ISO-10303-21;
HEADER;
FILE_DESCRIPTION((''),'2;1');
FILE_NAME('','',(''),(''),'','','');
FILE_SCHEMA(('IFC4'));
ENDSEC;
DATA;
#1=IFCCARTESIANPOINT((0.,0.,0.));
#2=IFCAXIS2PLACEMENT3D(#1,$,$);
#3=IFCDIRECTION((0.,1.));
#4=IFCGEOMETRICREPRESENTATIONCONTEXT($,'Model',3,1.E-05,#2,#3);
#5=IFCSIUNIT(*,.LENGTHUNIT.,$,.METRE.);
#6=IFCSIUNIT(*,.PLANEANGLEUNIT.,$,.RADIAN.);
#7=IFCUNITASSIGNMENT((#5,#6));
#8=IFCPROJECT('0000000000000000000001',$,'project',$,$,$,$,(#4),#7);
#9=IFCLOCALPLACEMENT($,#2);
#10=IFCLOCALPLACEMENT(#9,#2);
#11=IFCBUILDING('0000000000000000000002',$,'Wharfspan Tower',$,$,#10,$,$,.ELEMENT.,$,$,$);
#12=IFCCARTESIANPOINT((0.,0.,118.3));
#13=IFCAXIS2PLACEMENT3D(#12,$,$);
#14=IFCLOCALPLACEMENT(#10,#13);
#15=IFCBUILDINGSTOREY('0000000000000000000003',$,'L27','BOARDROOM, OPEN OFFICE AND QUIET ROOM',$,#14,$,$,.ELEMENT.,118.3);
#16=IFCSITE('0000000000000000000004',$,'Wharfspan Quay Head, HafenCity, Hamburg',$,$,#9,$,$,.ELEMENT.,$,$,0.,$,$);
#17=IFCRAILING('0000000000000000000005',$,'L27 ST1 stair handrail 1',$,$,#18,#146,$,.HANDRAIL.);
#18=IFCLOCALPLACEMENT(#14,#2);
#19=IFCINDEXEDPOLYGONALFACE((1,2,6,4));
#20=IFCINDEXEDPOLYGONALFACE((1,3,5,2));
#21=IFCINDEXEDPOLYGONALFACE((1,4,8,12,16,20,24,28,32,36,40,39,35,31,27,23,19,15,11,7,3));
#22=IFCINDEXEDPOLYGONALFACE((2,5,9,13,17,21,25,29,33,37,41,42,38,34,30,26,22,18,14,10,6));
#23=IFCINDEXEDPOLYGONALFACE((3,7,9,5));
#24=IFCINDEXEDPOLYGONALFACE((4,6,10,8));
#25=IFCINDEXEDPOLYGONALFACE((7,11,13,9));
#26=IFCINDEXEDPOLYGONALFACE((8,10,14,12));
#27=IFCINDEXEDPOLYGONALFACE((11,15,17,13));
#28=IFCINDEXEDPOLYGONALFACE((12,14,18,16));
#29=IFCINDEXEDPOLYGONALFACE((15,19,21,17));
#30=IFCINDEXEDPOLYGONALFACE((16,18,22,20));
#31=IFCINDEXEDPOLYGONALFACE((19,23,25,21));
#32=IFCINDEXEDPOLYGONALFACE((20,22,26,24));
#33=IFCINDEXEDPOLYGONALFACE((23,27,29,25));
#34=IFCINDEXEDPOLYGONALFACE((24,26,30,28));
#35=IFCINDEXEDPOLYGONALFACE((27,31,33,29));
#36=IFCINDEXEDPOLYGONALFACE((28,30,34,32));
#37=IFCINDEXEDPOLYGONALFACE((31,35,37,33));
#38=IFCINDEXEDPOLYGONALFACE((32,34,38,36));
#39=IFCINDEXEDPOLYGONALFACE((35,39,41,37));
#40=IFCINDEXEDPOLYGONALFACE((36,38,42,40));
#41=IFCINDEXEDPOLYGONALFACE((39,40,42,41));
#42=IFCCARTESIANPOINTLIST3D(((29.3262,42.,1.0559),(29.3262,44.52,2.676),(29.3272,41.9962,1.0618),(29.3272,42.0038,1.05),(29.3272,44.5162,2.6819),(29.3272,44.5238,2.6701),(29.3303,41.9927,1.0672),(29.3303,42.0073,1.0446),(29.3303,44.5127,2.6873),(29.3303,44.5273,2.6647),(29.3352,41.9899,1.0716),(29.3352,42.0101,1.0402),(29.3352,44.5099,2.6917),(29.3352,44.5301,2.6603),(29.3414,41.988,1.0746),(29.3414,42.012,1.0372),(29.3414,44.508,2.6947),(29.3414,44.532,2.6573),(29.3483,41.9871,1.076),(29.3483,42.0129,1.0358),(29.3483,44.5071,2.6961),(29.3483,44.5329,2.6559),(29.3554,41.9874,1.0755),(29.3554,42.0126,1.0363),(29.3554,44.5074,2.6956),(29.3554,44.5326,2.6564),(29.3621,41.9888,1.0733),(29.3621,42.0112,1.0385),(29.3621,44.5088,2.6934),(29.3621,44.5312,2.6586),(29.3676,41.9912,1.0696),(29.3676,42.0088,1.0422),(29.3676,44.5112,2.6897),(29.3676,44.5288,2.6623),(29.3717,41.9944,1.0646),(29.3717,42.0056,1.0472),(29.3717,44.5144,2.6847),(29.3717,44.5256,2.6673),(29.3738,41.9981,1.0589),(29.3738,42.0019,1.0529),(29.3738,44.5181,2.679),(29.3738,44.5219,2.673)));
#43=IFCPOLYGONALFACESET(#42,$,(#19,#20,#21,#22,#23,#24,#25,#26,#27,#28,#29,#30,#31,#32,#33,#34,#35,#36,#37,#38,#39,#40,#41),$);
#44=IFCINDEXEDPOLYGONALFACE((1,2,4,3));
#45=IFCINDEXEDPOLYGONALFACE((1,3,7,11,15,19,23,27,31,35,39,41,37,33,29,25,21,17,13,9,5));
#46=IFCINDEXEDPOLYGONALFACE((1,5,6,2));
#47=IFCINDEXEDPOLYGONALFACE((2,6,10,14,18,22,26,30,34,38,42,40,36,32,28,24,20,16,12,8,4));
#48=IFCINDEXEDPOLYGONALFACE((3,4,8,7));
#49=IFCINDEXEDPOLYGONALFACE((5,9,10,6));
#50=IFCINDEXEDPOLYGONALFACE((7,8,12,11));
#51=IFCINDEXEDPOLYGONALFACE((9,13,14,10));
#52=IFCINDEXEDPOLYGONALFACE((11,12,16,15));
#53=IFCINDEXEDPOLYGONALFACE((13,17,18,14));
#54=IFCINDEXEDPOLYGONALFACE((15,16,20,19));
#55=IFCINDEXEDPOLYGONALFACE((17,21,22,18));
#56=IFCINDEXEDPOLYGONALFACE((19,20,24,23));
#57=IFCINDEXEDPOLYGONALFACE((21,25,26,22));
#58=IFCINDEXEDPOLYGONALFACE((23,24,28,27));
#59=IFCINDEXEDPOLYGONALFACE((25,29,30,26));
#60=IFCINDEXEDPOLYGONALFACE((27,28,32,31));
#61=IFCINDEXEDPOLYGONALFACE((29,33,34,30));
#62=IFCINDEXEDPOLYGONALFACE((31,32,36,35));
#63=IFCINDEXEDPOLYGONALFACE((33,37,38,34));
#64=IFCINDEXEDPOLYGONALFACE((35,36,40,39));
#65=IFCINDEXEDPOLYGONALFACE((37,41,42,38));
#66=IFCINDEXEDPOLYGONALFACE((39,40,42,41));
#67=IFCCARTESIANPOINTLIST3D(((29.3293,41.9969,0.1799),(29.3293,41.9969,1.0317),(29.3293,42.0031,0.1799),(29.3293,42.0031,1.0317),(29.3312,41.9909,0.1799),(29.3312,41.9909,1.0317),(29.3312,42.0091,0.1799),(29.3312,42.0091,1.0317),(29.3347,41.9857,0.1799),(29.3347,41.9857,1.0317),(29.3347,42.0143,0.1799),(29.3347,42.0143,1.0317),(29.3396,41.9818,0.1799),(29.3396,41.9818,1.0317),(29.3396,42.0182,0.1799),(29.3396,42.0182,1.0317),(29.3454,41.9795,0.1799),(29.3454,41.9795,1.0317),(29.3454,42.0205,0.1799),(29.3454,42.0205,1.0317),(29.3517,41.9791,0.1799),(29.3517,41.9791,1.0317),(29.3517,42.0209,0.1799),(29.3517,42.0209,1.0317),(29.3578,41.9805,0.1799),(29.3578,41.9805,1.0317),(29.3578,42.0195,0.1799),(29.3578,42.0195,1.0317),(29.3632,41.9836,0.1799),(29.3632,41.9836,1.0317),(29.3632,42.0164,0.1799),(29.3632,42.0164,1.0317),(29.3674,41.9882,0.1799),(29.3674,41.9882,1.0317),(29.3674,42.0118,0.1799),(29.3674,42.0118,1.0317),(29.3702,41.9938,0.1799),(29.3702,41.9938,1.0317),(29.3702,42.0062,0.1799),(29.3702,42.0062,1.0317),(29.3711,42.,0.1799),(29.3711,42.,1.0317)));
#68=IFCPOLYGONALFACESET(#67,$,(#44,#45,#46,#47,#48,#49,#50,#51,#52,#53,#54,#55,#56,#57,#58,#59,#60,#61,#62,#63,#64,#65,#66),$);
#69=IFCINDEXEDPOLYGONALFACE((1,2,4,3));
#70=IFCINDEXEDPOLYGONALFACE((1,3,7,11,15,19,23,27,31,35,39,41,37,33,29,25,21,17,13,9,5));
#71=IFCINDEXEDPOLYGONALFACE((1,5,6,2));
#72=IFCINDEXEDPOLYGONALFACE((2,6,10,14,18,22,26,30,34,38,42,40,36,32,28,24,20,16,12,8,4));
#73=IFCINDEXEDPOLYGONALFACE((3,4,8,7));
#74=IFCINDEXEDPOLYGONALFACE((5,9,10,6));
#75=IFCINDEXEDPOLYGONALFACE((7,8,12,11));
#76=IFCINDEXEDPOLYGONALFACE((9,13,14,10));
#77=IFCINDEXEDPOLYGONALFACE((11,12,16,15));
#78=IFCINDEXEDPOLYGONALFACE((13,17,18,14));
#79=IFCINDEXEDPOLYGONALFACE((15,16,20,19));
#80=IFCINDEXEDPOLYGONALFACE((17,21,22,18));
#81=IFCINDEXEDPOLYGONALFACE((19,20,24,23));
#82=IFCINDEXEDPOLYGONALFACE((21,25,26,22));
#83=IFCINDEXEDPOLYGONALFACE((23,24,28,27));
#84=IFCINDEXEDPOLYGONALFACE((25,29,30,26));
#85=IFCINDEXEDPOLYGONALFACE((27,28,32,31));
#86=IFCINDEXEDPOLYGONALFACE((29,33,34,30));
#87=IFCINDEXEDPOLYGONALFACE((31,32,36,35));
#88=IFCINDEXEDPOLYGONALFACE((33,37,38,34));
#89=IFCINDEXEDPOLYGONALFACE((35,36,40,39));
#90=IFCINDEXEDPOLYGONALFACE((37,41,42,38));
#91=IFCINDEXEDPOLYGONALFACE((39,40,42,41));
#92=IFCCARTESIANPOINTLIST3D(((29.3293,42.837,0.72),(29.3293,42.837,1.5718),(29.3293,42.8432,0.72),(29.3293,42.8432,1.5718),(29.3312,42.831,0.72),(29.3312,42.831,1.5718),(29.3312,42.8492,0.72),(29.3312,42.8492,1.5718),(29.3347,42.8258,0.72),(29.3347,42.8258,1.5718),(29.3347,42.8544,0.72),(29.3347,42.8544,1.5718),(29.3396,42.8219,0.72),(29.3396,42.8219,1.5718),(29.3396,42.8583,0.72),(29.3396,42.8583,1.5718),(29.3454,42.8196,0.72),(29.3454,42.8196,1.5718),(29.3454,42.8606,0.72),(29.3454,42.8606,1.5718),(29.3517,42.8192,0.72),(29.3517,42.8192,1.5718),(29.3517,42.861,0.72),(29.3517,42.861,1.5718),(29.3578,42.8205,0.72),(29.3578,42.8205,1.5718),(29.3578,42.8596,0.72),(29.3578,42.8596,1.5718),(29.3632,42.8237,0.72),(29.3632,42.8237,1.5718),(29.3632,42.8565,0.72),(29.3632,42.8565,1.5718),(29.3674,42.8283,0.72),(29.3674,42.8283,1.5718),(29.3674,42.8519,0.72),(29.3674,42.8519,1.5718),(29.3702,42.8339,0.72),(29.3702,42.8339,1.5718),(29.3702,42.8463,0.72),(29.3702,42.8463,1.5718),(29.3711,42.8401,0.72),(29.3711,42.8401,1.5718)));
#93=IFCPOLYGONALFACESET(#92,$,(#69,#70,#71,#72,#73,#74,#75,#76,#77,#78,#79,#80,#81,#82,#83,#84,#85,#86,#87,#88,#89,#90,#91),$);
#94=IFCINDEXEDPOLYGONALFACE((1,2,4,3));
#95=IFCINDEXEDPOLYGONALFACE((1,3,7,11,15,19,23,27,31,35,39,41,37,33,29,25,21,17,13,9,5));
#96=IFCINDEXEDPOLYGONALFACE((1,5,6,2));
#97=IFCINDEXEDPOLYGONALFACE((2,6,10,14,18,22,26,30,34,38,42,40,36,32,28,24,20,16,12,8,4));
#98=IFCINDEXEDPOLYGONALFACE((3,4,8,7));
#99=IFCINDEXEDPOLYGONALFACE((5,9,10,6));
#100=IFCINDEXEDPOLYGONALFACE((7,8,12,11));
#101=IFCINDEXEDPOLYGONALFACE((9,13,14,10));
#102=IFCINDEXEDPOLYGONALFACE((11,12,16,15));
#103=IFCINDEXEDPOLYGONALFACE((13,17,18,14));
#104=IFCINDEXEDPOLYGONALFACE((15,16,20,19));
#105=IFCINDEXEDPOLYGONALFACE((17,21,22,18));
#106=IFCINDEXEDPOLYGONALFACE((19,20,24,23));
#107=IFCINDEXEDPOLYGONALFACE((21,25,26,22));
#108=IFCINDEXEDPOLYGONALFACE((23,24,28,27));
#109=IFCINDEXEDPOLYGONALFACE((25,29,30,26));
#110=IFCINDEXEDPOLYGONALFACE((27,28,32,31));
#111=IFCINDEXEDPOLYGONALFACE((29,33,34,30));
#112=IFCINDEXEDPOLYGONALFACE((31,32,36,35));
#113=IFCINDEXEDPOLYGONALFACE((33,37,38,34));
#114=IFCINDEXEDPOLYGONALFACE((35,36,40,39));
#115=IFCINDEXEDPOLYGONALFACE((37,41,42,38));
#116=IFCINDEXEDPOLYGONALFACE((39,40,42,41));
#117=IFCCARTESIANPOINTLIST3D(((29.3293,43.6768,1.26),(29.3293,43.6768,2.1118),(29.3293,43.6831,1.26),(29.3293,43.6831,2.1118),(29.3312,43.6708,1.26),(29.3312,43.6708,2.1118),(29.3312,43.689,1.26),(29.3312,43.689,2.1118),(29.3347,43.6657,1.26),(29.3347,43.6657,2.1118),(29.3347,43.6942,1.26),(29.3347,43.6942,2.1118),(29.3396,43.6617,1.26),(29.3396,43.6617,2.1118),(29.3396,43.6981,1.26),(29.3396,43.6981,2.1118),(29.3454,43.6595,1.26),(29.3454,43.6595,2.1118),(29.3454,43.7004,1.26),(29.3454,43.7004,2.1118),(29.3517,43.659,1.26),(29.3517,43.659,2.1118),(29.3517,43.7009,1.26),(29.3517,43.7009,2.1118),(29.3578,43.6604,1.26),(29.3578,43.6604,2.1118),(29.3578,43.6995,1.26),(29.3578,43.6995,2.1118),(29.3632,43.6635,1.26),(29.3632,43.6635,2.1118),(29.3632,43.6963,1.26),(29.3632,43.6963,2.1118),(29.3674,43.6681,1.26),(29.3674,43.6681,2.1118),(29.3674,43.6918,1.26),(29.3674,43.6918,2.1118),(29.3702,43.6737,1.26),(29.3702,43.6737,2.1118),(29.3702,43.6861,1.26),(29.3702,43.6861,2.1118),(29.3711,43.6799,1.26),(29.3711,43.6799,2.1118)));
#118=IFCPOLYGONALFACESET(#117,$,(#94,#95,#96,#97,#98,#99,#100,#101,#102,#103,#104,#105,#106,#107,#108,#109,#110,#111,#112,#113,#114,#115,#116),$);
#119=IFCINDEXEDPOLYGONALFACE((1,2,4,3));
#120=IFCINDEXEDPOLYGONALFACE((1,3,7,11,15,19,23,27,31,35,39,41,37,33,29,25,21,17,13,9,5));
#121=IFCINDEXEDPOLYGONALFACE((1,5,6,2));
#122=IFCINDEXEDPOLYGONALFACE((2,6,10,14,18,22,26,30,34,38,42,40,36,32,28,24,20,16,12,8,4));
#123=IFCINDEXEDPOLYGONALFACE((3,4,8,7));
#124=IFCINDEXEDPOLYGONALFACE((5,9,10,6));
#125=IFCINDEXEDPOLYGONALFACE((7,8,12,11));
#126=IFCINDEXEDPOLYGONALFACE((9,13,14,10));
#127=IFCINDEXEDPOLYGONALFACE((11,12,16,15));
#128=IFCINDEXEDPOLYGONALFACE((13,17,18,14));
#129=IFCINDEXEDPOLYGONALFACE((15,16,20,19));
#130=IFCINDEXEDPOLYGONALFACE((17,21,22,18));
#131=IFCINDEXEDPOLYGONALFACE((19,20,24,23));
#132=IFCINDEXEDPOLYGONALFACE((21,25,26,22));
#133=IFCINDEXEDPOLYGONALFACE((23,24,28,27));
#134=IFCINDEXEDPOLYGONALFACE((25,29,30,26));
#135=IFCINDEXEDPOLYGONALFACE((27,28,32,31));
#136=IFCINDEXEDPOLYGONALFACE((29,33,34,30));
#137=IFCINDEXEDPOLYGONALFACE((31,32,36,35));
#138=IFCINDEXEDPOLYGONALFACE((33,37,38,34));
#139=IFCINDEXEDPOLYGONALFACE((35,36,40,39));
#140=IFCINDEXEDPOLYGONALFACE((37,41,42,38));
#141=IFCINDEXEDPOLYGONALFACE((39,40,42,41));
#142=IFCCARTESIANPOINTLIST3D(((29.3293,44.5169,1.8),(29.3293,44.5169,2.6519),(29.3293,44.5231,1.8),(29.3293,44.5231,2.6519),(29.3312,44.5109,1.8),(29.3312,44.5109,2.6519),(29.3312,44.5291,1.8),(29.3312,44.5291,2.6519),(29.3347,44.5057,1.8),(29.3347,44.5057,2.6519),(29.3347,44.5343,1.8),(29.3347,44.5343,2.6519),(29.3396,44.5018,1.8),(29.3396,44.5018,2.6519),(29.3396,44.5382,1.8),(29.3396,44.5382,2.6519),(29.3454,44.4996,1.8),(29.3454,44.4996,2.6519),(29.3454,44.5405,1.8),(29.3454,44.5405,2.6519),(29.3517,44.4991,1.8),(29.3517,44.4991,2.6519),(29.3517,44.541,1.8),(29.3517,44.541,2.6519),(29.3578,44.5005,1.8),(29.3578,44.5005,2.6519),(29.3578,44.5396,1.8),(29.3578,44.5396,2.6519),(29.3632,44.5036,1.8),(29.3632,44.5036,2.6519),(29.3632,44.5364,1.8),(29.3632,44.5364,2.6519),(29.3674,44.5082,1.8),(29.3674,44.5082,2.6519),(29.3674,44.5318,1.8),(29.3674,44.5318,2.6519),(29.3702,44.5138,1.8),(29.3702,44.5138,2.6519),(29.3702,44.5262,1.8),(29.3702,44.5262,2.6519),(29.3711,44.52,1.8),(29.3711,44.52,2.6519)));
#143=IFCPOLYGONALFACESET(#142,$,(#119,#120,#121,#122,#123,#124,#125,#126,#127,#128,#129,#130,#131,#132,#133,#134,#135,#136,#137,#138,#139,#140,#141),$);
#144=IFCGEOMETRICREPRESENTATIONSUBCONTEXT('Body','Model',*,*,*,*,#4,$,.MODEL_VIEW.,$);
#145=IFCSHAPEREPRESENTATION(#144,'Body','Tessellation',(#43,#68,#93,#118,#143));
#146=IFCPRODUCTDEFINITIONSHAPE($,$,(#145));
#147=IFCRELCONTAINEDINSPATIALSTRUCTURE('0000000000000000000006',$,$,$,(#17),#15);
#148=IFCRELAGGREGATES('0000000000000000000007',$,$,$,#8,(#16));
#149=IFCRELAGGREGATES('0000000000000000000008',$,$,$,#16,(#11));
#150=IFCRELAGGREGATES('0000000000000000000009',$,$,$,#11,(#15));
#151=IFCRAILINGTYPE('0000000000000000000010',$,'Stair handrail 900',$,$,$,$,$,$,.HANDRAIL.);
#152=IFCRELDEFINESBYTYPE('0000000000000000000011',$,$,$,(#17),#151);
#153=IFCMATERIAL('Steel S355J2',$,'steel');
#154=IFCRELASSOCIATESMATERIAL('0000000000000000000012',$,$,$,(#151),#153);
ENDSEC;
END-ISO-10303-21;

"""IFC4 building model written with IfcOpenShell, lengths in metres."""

from ifc_helpers import new_model, si_unit, direction, frame, origin, origin_2d, place, context, subcontext, project, spatial, circle, extrude, material, type_object, element, save


model = new_model("IFC4")

# Units and contexts
model_context = context("Model", 3, precision=1e-05, world=origin(), true_north=direction((0.0, 1.0)))
body_context = subcontext(model_context, "Body", "Model", "MODEL_VIEW")
ifc_project = project(units=[si_unit("LENGTHUNIT", "METRE"), si_unit("PLANEANGLEUNIT", "RADIAN")], contexts=[model_context])

# Site, building, storey
site_placement = place(None, origin())
site = spatial("IfcSite", under=ifc_project, at=site_placement, Name="Wharfspan Quay Head, HafenCity, Hamburg", CompositionType="ELEMENT", RefElevation=0.0)
building_placement = place(site_placement, origin())
building = spatial("IfcBuilding", under=site, at=building_placement, Name="Wharfspan Tower", CompositionType="ELEMENT")
storey_placement = place(building_placement, frame((0.0, 0.0, 118.3)))
storey = spatial("IfcBuildingStorey", under=building, at=storey_placement, Name="L27", Description="BOARDROOM, OPEN OFFICE AND QUIET ROOM", CompositionType="ELEMENT", Elevation=118.3)

# Shared definitions
ifc_material_1 = material(Name="Steel S355J2", Category="steel")

# Railing
railing_type_1 = type_object("IfcRailingType", Name="Stair handrail 900", PredefinedType="HANDRAIL", material=ifc_material_1)
railing_1_placement = place(storey_placement, frame((29.3501, 42.0, 0.1799)))
element("IfcRailing", 1, at=railing_1_placement, inside=storey, type_object=railing_type_1, Name="L27 ST1 stair handrail 1", PredefinedType="HANDRAIL", context=body_context, shape_type="SweptSolid", body=[
    extrude(circle(Radius=0.0239, at=origin_2d()), frame((0.0, 0.0, 0.876), z_axis=(0.0, 0.841163, 0.540782), x_axis=(-1.0, 0.0, 0.0)), (0.0, 0.0, 1.0), 2.9958),
    extrude(circle(Radius=0.021, at=origin_2d()), origin(), (0.0, 0.0, 1.0), 0.8518),
    extrude(circle(Radius=0.021, at=origin_2d()), frame((0.0, 0.8401, 0.54)), (0.0, 0.0, 1.0), 0.8518),
    extrude(circle(Radius=0.021, at=origin_2d()), frame((0.0, 1.6799, 1.0801)), (0.0, 0.0, 1.0), 0.8518),
    extrude(circle(Radius=0.021, at=origin_2d()), frame((0.0, 2.52, 1.6201)), (0.0, 0.0, 1.0), 0.8518),
])

save(model, "model.ifc")
